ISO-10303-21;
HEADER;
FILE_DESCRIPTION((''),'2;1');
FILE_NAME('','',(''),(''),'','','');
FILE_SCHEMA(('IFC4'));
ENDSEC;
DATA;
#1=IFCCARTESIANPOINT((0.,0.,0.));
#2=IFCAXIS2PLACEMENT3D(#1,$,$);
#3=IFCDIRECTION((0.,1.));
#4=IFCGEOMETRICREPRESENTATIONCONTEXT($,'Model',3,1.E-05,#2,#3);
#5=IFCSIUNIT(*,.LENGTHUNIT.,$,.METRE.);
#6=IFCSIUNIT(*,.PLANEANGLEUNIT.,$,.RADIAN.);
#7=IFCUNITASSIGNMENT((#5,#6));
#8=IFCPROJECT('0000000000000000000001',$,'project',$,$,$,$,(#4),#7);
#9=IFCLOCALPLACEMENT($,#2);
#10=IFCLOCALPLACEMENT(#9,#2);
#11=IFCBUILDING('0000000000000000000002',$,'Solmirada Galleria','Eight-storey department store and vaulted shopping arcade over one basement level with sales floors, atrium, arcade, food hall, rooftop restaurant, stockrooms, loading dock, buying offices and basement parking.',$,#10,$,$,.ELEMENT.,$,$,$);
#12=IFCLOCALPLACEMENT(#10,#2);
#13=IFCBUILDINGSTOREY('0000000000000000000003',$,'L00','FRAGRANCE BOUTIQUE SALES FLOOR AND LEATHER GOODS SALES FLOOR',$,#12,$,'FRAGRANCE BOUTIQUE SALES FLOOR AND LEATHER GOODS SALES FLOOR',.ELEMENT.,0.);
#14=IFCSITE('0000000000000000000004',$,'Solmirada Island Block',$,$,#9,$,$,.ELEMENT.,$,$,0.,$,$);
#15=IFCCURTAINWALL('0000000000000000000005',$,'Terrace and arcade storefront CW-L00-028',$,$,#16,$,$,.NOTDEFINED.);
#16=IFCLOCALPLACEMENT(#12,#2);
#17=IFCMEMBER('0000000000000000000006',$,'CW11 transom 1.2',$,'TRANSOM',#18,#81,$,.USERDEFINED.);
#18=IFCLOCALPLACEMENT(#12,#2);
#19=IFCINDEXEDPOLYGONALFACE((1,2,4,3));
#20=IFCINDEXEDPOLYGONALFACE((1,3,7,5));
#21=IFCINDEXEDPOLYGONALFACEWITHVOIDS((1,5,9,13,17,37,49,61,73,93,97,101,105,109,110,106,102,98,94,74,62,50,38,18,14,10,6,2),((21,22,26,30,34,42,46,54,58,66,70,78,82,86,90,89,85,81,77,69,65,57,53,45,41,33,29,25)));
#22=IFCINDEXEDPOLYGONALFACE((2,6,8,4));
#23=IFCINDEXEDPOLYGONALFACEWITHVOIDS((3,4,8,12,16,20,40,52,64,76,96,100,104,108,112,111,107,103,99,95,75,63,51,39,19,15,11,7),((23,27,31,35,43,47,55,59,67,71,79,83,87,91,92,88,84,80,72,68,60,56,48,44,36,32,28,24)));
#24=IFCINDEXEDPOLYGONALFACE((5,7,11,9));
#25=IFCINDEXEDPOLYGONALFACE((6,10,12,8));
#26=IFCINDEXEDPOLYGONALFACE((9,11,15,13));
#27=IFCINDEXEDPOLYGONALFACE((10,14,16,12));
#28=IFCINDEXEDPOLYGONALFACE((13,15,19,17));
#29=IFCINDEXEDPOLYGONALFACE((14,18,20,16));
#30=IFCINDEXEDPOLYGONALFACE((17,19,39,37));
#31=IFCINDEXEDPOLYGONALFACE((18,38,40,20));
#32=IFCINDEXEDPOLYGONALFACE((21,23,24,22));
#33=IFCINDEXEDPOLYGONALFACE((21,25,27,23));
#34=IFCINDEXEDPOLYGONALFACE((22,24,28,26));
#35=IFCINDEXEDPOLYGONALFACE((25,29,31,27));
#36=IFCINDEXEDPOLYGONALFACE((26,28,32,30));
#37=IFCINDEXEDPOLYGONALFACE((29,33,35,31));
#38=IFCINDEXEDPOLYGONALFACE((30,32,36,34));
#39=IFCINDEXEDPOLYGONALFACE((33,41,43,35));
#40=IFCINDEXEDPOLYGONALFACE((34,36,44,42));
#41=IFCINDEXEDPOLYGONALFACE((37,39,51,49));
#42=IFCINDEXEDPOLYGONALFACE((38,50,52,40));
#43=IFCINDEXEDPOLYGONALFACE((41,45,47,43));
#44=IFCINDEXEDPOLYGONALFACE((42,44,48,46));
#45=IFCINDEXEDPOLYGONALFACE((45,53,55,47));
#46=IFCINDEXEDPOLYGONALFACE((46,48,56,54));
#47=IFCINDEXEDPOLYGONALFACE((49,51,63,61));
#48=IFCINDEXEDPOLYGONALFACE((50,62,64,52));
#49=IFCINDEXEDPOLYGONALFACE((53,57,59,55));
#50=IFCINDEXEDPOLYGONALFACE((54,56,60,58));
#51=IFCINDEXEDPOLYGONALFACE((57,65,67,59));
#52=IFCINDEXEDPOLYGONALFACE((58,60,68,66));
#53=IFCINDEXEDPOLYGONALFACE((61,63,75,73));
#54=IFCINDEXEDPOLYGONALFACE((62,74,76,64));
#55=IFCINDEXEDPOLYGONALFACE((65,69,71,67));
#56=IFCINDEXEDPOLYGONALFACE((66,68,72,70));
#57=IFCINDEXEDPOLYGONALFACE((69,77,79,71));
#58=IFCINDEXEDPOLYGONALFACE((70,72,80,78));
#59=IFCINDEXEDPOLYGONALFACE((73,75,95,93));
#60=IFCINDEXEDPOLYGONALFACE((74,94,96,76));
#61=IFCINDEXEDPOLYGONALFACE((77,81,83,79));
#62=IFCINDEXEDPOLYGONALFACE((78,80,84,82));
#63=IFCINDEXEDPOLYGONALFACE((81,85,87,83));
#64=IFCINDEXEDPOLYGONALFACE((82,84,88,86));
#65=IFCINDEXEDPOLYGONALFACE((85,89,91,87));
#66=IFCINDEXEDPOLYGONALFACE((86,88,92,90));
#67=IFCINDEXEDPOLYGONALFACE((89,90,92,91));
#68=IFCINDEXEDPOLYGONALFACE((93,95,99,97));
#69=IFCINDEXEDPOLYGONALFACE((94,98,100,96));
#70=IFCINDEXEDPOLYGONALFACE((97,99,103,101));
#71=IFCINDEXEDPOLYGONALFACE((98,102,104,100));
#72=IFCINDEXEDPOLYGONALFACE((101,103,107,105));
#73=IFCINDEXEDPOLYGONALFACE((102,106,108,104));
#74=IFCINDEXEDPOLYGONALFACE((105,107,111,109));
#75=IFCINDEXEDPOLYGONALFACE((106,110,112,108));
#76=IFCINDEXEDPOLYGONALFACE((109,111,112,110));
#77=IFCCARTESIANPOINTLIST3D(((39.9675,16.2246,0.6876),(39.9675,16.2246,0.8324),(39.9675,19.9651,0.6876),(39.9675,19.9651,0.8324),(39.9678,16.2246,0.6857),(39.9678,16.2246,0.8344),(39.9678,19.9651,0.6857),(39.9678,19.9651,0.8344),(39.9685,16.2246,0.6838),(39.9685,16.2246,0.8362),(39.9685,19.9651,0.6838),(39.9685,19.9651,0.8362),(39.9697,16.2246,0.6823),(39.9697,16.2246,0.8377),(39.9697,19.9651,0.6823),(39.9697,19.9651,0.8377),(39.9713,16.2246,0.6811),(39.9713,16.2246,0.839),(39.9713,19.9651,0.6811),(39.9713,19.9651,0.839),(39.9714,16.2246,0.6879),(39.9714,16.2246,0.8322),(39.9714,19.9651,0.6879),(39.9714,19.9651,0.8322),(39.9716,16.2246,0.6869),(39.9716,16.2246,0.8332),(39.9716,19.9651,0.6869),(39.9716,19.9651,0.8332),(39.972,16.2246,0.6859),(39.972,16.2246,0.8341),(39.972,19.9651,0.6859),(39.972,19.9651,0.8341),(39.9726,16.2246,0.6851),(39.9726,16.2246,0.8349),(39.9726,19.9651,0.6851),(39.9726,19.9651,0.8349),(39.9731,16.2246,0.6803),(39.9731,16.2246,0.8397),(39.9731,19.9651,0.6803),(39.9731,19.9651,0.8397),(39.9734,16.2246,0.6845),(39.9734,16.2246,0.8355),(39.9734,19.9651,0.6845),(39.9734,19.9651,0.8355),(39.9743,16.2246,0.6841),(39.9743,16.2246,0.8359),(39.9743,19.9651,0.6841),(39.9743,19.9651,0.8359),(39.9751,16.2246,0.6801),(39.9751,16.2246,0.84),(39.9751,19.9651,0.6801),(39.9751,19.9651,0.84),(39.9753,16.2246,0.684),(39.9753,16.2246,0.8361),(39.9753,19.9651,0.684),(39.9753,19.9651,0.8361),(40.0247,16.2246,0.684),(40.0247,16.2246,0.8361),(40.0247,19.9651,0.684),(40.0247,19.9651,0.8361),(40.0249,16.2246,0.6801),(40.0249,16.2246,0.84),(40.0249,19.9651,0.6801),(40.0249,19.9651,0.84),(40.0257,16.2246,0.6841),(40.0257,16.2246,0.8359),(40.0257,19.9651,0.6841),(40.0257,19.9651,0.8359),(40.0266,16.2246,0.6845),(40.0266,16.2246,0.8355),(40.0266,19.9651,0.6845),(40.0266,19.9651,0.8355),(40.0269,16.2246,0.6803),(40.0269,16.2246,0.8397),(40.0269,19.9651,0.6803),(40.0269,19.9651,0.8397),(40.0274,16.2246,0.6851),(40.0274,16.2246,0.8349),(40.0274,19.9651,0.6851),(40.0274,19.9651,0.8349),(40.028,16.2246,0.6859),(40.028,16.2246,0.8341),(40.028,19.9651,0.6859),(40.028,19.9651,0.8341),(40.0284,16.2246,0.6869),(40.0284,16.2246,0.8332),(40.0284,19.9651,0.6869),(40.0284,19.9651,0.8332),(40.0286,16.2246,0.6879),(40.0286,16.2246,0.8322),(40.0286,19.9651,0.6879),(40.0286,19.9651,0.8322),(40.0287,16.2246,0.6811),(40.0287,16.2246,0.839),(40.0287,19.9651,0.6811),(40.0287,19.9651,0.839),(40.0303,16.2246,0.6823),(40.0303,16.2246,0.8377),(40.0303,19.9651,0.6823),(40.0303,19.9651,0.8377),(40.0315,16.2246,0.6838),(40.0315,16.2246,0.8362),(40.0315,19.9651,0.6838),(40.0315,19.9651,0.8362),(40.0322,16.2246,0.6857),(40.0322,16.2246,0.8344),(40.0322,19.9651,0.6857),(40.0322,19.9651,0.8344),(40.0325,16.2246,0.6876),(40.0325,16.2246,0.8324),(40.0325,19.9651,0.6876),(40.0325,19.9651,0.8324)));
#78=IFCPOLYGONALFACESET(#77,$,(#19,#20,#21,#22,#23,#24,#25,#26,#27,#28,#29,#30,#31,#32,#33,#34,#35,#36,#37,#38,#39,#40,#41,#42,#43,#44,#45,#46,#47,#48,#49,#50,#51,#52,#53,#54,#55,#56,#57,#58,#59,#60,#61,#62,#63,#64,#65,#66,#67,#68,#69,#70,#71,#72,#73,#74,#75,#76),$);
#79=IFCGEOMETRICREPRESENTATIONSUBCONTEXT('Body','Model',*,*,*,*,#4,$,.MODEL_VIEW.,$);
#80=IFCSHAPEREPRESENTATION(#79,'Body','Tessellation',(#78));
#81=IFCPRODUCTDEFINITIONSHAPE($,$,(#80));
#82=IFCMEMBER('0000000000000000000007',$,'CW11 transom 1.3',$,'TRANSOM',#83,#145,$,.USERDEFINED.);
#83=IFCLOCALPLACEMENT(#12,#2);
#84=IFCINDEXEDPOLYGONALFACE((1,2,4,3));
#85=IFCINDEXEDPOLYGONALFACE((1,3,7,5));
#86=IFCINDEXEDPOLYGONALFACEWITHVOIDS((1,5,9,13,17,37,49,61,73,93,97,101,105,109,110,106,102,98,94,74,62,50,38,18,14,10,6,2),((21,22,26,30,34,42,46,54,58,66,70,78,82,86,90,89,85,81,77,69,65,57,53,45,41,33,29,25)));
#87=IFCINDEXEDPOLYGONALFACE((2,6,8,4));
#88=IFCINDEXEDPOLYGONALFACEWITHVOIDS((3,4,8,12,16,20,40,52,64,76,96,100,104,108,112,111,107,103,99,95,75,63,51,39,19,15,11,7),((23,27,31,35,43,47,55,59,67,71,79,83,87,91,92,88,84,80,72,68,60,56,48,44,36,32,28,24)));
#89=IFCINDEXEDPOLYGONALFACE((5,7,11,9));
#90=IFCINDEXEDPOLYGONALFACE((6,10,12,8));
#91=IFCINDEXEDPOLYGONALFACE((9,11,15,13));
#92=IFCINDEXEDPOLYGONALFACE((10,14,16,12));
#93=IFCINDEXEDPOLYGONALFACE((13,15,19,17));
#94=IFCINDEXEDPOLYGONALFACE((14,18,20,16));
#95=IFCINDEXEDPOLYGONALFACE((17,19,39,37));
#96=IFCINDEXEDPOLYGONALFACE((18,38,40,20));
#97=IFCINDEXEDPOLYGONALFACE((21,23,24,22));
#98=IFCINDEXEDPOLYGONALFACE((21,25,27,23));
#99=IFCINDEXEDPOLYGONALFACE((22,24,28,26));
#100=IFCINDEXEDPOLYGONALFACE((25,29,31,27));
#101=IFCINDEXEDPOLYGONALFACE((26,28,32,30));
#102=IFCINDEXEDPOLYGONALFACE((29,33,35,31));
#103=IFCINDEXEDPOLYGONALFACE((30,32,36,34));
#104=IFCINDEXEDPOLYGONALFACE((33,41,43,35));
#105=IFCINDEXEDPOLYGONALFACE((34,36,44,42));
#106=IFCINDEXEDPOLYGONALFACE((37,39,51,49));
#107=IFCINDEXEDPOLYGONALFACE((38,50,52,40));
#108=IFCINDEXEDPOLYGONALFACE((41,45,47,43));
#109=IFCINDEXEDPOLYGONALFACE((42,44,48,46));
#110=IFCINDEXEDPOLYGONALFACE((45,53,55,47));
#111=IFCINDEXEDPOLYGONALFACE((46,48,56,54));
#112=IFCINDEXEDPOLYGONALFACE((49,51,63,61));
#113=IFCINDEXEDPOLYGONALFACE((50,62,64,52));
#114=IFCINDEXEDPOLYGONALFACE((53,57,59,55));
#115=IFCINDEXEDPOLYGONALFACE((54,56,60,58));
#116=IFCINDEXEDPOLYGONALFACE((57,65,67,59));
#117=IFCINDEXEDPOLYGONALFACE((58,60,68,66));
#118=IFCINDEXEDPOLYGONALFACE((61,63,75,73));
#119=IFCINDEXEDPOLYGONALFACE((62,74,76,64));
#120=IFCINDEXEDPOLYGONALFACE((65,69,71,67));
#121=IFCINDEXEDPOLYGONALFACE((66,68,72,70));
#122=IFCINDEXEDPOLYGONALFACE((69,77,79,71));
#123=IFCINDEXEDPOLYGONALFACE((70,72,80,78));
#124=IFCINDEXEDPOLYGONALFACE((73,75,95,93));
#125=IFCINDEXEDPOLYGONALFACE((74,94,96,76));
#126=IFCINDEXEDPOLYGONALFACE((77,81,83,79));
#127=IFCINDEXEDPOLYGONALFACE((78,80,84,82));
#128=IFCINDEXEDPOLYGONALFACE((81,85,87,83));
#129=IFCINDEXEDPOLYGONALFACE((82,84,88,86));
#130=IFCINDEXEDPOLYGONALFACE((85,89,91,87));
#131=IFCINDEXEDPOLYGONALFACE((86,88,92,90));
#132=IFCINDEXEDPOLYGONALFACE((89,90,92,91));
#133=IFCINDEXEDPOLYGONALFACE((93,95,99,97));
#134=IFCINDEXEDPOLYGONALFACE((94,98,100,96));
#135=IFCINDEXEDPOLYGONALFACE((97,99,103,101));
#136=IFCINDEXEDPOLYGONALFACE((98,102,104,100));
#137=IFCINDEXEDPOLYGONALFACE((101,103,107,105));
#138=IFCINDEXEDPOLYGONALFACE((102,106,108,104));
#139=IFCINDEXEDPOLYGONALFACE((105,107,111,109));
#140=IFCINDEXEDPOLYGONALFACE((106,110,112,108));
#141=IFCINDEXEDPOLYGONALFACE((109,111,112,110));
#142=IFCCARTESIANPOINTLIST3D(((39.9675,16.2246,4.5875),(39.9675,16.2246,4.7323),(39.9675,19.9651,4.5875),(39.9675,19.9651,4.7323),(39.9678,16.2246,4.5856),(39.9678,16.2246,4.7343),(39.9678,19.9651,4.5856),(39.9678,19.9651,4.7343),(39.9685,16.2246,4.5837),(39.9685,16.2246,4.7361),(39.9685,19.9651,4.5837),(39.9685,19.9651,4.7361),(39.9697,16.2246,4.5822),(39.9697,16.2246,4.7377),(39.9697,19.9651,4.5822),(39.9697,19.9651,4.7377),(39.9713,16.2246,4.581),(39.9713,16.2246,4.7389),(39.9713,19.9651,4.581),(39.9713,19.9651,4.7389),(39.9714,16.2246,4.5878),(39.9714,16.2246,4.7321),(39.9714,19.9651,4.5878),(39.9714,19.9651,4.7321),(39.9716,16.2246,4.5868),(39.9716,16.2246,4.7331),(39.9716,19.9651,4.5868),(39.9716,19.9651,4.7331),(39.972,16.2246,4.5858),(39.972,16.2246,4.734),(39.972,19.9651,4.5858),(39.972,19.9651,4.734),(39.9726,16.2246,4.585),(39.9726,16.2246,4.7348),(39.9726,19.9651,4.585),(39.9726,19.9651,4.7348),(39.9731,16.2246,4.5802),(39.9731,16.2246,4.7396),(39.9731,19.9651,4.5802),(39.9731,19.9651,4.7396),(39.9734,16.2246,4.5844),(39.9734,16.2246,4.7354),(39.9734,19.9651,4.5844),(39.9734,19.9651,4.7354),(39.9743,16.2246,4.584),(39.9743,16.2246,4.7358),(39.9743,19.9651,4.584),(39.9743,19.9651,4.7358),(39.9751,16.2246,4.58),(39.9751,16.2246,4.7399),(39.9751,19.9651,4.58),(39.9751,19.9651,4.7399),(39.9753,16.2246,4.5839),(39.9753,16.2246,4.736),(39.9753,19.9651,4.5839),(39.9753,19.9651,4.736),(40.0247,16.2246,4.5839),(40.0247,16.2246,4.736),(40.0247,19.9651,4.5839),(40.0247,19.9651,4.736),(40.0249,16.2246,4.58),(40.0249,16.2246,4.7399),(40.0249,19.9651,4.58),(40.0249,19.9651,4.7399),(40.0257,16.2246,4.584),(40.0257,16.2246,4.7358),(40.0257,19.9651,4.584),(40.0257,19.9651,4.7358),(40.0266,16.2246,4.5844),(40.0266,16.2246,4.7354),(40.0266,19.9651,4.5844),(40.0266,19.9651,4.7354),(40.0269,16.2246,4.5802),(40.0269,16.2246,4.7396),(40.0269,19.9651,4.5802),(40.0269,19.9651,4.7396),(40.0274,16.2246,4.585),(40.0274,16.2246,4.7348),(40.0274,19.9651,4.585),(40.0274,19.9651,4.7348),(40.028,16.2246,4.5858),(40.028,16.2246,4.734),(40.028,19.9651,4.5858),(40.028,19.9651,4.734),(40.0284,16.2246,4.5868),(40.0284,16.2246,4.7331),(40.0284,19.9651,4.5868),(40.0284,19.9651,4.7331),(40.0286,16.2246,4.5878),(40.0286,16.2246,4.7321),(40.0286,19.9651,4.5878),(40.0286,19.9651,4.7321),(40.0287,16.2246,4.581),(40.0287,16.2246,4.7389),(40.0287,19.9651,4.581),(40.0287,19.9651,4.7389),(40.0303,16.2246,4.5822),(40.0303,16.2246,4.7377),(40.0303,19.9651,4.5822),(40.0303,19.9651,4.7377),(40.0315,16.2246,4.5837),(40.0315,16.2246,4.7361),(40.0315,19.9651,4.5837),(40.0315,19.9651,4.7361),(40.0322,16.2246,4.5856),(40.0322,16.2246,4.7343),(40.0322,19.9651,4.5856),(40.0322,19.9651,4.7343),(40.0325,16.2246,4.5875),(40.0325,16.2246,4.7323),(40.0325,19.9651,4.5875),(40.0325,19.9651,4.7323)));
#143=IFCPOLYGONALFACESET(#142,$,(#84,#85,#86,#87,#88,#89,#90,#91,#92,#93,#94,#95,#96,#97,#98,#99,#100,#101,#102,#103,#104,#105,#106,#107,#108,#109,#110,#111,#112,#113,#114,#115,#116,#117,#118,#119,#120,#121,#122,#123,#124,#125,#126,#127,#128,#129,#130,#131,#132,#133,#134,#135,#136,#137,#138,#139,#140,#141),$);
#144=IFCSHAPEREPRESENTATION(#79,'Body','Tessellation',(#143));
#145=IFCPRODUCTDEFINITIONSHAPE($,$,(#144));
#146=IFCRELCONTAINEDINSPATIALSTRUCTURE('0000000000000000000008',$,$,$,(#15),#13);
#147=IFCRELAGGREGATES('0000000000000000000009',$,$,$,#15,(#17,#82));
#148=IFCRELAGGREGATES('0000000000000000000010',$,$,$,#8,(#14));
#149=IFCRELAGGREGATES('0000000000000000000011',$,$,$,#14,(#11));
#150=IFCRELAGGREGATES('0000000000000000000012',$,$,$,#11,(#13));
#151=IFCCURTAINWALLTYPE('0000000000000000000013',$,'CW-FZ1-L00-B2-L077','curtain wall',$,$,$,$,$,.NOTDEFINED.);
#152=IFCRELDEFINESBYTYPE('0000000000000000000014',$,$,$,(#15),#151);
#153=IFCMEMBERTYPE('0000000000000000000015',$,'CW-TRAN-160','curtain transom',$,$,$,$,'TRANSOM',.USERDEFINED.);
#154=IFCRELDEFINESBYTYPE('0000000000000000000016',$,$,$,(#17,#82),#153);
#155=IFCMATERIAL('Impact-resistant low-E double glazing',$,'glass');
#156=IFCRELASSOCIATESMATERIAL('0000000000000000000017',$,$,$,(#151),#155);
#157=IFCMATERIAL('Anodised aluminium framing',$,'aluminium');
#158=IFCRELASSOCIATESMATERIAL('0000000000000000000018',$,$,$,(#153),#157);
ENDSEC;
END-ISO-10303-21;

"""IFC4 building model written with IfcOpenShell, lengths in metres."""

from ifc_helpers import new_model, si_unit, direction, frame, origin, origin_2d, place, context, subcontext, project, spatial, hollow_rectangle, extrude, material, material_profile, profile_set, type_object, element, aggregate, save


model = new_model("IFC4")

# Units and contexts
model_context = context("Model", 3, precision=1e-05, world=origin(), true_north=direction((0.0, 1.0)))
body_context = subcontext(model_context, "Body", "Model", "MODEL_VIEW")
ifc_project = project(units=[si_unit("LENGTHUNIT", "METRE"), si_unit("PLANEANGLEUNIT", "RADIAN")], contexts=[model_context])

# Site, building, storey
site_placement = place(None, origin())
site = spatial("IfcSite", under=ifc_project, at=site_placement, Name="Solmirada Island Block", CompositionType="ELEMENT", RefElevation=0.0)
building_placement = place(site_placement, origin())
building = spatial("IfcBuilding", under=site, at=building_placement, Name="Solmirada Galleria", Description="Eight-storey department store and vaulted shopping arcade over one basement level with sales floors, atrium, arcade, food hall, rooftop restaurant, stockrooms, loading dock, buying offices and basement parking.", CompositionType="ELEMENT")
storey_placement = place(building_placement, origin())
storey = spatial("IfcBuildingStorey", under=building, at=storey_placement, Name="L00", Description="FRAGRANCE BOUTIQUE SALES FLOOR AND LEATHER GOODS SALES FLOOR", LongName="FRAGRANCE BOUTIQUE SALES FLOOR AND LEATHER GOODS SALES FLOOR", CompositionType="ELEMENT", Elevation=0.0)

# Curtain wall, members
ifc_material_1 = material(Name="Impact-resistant low-E double glazing", Category="glass")
curtain_wall_type = type_object("IfcCurtainWallType", Name="CW-FZ1-L00-B2-L077", Description="curtain wall", PredefinedType="NOTDEFINED", material=ifc_material_1)
curtain_wall_placement = place(storey_placement, origin())
curtain_wall = element("IfcCurtainWall", 1, at=curtain_wall_placement, inside=storey, type_object=curtain_wall_type, Name="Terrace and arcade storefront CW-L00-028", PredefinedType="NOTDEFINED")
ifc_material_2 = material(Name="Anodised aluminium framing", Category="aluminium")
ifc_material_profile_1 = material_profile(ifc_material_2, hollow_rectangle(XDim=0.0649, YDim=0.1599, WallThickness=0.0039, InnerFilletRadius=0.0039, OuterFilletRadius=0.0076, at=origin_2d()), Name="ALU-TRAN-160X65")
ifc_profile_set_1 = profile_set([ifc_material_profile_1], Name="Anodised aluminium framing")
member_type_1 = type_object("IfcMemberType", Name="CW-TRAN-160", Description="curtain transom", ElementType="TRANSOM", PredefinedType="USERDEFINED", material=ifc_profile_set_1)
member_1_placement = place(storey_placement, frame((40.0, 16.2246, 0.76), z_axis=(0.0, 1.0, 0.0), x_axis=(-1.0, 0.0, 0.0)))
member_1 = element("IfcMember", 2, at=member_1_placement, type_object=member_type_1, Name="CW11 transom 1.2", ObjectType="TRANSOM", PredefinedType="USERDEFINED", context=body_context, shape_type="SweptSolid", body=[
    extrude(hollow_rectangle(XDim=0.0649, YDim=0.1599, WallThickness=0.0039, InnerFilletRadius=0.0039, OuterFilletRadius=0.0076, at=origin_2d()), origin(), (0.0, 0.0, 1.0), 3.7405),
])
member_2_placement = place(storey_placement, frame((40.0, 16.2246, 4.6599), z_axis=(0.0, 1.0, 0.0), x_axis=(-1.0, 0.0, 0.0)))
member_2 = element("IfcMember", 3, at=member_2_placement, type_object=member_type_1, Name="CW11 transom 1.3", ObjectType="TRANSOM", PredefinedType="USERDEFINED", context=body_context, shape_type="SweptSolid", body=[
    extrude(hollow_rectangle(XDim=0.0649, YDim=0.1599, WallThickness=0.0039, InnerFilletRadius=0.0039, OuterFilletRadius=0.0076, at=origin_2d()), origin(), (0.0, 0.0, 1.0), 3.7405),
])
aggregate(curtain_wall, [member_1, member_2])

save(model, "model.ifc")
